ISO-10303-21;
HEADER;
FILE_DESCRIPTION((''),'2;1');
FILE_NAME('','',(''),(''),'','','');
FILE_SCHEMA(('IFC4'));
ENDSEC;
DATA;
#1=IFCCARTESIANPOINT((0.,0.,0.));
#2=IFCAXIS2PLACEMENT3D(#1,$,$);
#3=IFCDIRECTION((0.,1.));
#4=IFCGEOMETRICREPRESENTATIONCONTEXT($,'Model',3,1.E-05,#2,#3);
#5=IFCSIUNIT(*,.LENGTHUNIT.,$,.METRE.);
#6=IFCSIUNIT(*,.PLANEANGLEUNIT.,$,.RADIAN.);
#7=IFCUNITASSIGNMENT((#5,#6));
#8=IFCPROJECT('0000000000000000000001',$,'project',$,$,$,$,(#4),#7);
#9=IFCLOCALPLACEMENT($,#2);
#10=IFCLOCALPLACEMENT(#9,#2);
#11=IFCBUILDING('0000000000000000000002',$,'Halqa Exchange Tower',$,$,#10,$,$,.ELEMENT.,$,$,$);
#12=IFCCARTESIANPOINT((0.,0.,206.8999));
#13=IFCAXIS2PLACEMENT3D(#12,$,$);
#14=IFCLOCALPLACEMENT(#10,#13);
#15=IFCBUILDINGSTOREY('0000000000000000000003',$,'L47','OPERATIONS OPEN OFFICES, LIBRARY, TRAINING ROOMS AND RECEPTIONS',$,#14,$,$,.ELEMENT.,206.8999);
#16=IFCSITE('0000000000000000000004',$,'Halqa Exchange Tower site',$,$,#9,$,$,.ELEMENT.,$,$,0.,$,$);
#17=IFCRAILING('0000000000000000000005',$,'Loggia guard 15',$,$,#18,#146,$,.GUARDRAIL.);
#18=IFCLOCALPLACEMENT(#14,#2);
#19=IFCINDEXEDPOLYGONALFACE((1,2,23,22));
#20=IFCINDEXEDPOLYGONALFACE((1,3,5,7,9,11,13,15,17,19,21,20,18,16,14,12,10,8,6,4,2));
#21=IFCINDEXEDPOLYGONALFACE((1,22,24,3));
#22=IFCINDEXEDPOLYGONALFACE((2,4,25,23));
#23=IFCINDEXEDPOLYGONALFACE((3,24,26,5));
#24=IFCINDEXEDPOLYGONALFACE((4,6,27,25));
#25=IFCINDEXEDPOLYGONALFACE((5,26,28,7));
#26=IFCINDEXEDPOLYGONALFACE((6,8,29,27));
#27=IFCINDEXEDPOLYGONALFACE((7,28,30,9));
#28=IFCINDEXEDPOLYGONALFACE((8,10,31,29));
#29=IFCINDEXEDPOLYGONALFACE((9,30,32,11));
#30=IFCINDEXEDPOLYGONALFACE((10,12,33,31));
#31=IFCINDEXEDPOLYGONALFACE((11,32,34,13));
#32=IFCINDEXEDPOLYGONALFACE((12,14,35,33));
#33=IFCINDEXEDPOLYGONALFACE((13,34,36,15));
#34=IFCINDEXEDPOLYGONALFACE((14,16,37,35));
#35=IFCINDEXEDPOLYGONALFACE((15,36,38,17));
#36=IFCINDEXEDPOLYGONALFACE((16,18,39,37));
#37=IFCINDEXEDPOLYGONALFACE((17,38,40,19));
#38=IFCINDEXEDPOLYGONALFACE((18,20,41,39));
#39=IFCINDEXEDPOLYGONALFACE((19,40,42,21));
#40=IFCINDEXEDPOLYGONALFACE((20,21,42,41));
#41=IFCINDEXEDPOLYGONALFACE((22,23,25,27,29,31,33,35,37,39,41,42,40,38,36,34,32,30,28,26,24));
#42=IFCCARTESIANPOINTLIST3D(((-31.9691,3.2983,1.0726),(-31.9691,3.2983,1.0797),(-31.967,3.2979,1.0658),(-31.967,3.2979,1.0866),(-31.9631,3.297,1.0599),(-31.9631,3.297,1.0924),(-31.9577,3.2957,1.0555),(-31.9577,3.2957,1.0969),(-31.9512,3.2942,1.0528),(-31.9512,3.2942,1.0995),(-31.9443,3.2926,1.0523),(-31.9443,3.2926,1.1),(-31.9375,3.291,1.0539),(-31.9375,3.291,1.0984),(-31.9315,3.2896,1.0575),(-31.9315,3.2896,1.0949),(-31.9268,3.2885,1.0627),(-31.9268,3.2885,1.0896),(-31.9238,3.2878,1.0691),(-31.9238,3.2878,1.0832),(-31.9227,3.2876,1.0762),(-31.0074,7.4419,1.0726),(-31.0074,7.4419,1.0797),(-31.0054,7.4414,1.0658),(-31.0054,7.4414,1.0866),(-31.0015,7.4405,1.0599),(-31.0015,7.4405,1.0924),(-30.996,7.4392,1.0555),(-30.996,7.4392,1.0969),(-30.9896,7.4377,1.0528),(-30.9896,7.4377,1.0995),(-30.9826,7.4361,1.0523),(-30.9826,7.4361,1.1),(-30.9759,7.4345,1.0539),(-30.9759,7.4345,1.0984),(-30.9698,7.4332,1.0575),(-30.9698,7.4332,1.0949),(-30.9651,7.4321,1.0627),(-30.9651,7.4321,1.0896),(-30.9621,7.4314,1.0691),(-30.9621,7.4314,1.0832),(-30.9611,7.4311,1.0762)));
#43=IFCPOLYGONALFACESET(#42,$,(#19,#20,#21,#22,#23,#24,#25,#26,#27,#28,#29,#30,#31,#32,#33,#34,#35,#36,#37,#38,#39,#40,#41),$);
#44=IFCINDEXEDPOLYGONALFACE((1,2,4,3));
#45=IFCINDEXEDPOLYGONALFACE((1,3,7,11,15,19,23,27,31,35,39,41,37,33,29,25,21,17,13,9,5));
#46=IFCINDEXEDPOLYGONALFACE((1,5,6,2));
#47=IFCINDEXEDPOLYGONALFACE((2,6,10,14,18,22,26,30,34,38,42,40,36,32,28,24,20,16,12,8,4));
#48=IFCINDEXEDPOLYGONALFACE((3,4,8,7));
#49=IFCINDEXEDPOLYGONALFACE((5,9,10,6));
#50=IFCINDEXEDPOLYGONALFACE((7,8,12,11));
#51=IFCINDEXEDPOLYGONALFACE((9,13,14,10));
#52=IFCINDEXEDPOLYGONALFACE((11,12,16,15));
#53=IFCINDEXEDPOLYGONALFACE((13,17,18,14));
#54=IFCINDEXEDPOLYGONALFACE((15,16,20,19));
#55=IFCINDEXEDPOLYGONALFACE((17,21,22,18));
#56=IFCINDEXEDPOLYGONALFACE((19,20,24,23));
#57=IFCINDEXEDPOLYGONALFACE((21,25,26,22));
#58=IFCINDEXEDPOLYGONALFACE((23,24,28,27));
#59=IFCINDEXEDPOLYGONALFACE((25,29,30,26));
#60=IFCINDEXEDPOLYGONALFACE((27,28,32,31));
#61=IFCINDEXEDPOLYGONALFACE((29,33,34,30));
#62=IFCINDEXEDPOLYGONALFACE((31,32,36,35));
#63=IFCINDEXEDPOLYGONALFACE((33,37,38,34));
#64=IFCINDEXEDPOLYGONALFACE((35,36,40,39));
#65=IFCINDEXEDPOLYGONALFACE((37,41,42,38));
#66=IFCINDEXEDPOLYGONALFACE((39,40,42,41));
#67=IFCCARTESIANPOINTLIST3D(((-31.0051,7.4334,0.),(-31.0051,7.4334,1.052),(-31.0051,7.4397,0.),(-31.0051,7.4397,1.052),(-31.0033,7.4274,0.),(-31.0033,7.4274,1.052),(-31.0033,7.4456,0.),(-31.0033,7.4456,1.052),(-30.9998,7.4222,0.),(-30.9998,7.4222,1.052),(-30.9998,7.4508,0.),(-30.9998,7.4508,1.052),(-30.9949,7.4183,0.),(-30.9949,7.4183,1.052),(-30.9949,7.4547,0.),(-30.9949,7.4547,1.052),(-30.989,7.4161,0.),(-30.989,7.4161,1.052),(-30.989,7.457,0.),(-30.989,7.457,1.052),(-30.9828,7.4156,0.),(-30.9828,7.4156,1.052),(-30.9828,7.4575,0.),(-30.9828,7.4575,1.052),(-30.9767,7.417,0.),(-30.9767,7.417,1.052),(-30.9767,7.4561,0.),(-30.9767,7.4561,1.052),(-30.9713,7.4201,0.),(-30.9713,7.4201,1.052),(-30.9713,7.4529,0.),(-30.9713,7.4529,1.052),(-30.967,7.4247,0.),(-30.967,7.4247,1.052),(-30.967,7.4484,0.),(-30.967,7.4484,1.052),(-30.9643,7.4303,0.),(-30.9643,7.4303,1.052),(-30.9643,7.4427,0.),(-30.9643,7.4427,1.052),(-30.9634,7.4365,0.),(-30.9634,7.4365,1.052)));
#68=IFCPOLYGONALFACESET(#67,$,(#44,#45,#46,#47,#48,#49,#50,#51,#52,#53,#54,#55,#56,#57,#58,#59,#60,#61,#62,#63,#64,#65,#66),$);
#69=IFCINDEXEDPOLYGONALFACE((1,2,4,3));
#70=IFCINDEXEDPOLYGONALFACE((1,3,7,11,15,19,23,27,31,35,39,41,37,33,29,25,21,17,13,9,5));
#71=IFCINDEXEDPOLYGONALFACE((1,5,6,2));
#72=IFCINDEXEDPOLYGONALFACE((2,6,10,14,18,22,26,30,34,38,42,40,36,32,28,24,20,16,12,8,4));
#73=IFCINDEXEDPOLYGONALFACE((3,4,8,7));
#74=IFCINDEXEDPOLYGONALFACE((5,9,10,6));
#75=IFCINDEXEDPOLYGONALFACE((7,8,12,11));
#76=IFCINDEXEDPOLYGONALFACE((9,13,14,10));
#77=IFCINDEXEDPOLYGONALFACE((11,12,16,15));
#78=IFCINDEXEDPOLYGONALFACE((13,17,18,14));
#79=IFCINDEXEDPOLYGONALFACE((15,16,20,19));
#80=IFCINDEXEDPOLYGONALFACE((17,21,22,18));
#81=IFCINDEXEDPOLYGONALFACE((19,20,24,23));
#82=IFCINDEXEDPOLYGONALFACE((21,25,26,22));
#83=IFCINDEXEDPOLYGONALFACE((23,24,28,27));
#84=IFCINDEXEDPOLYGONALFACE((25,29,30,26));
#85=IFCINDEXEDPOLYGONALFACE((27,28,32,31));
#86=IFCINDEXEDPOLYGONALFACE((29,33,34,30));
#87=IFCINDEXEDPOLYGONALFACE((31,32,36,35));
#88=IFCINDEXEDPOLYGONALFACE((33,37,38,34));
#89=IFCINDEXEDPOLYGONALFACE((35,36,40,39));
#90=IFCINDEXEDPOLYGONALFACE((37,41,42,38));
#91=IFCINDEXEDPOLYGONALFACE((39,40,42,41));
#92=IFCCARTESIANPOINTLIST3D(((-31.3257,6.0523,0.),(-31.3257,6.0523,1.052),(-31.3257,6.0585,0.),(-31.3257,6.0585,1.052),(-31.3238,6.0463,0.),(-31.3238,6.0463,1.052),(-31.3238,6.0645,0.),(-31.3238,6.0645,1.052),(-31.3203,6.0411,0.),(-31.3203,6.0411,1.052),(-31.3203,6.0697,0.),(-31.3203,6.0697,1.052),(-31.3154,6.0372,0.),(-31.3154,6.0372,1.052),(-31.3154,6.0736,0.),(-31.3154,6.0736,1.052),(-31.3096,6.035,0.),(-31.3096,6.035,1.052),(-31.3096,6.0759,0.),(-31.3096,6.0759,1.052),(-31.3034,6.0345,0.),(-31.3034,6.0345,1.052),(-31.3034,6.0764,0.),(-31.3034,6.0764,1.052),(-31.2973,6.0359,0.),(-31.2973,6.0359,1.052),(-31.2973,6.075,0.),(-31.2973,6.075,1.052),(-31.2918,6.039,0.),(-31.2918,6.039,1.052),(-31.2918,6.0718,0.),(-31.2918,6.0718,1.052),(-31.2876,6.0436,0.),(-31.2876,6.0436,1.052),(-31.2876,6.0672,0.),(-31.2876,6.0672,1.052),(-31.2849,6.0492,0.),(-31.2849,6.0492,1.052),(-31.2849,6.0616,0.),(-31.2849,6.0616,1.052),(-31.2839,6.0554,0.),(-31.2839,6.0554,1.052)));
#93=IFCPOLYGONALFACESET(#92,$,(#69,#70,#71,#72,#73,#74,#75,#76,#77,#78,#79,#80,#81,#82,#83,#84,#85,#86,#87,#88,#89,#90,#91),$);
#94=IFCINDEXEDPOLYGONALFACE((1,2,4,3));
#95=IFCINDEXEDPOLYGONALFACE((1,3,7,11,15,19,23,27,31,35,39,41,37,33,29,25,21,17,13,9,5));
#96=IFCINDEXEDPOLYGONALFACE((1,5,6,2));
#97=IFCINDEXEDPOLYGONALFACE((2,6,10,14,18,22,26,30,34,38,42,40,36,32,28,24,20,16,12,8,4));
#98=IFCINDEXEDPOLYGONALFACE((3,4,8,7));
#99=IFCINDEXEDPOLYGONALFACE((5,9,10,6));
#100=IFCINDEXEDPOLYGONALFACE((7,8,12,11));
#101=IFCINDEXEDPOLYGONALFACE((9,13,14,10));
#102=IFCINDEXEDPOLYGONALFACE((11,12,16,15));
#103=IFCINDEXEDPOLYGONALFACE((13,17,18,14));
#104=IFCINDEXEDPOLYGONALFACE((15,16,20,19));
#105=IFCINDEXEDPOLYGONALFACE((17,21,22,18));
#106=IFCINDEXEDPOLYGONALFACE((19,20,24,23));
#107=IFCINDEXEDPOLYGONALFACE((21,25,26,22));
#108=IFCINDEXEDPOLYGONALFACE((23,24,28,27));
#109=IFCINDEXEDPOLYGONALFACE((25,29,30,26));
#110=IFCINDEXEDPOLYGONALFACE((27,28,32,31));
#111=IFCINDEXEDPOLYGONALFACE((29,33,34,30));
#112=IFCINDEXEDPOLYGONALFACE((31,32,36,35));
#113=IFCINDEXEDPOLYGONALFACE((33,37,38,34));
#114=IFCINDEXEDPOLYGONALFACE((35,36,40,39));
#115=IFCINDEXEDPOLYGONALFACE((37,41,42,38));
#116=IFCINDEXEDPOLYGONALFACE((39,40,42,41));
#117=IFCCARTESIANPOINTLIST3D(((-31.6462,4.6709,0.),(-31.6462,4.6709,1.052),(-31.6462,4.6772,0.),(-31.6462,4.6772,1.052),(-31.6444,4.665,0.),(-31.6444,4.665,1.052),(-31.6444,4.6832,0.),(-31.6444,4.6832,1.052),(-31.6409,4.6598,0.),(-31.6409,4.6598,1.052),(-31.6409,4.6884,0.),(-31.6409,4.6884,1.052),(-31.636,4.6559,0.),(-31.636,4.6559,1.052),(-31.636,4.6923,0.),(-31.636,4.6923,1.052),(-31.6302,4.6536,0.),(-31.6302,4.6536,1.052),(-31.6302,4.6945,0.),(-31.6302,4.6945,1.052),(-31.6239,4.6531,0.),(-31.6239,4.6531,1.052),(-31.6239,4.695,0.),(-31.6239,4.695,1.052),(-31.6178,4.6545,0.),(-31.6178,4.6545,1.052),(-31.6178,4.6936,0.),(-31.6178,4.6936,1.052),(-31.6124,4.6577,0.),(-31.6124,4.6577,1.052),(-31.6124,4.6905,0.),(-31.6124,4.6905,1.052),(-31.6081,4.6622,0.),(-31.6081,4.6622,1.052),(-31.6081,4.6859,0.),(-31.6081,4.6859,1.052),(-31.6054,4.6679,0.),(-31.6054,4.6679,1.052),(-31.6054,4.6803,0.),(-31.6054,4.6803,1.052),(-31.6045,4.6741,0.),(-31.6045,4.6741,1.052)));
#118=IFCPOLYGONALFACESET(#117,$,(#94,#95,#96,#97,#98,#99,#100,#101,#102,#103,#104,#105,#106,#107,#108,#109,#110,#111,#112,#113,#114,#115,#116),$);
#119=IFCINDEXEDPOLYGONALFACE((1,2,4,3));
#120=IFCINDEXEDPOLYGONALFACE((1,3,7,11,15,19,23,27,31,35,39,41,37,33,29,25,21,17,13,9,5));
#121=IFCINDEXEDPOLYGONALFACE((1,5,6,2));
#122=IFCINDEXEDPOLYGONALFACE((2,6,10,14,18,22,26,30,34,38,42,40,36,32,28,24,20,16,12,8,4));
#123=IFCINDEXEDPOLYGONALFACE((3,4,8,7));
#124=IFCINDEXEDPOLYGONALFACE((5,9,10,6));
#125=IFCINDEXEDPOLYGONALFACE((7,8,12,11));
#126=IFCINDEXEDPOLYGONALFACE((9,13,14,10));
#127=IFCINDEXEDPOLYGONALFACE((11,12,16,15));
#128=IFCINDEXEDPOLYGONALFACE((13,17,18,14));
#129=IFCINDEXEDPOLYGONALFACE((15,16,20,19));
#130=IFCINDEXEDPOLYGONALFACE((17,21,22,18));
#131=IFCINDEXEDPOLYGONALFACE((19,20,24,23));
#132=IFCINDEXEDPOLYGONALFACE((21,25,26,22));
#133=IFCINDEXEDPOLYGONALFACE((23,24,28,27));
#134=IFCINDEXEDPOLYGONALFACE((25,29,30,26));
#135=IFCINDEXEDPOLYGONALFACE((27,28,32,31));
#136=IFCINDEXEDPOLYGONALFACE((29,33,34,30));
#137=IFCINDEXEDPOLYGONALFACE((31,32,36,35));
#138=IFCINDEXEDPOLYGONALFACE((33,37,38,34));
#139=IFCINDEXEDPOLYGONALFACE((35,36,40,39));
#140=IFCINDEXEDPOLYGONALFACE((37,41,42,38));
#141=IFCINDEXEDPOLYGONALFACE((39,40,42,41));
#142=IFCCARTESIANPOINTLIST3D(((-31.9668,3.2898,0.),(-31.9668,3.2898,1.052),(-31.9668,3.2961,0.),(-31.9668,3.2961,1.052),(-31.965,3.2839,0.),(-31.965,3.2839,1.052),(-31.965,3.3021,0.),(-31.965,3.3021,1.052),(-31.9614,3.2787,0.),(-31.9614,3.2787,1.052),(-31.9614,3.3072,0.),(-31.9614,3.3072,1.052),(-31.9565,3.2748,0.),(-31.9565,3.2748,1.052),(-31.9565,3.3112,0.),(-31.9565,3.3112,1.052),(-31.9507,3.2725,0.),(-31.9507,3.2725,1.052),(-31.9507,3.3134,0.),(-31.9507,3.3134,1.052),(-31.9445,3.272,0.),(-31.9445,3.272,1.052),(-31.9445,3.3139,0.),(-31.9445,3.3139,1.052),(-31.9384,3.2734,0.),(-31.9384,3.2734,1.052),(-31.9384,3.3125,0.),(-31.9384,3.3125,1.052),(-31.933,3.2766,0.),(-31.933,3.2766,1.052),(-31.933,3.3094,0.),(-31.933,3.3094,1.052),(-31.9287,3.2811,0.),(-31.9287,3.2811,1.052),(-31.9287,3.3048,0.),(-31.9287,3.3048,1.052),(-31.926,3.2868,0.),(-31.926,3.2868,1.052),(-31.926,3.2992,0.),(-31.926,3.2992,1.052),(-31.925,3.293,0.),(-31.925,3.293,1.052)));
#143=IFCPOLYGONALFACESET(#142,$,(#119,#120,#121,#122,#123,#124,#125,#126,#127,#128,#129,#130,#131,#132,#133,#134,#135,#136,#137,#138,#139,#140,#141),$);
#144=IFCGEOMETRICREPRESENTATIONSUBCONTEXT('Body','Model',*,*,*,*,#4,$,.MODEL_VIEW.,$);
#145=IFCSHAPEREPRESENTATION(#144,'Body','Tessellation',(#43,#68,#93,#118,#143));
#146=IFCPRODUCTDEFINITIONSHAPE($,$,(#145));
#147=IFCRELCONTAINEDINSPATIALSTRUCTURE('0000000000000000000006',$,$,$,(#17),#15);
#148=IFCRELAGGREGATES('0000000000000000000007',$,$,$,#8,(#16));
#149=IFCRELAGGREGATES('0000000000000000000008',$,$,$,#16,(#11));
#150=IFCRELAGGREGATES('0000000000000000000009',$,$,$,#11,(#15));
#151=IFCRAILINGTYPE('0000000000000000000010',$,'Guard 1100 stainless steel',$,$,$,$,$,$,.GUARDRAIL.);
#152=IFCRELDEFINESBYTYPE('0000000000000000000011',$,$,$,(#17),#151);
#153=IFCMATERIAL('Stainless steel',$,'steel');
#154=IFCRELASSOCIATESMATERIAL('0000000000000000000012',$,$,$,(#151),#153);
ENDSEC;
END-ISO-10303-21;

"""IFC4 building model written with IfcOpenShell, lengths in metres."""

from ifc_helpers import new_model, si_unit, direction, frame, origin, origin_2d, place, context, subcontext, project, spatial, circle, extrude, material, type_object, element, save


model = new_model("IFC4")

# Units and contexts
model_context = context("Model", 3, precision=1e-05, world=origin(), true_north=direction((0.0, 1.0)))
body_context = subcontext(model_context, "Body", "Model", "MODEL_VIEW")
ifc_project = project(units=[si_unit("LENGTHUNIT", "METRE"), si_unit("PLANEANGLEUNIT", "RADIAN")], contexts=[model_context])

# Site, building, storey
site_placement = place(None, origin())
site = spatial("IfcSite", under=ifc_project, at=site_placement, Name="Halqa Exchange Tower site", CompositionType="ELEMENT", RefElevation=0.0)
building_placement = place(site_placement, origin())
building = spatial("IfcBuilding", under=site, at=building_placement, Name="Halqa Exchange Tower", CompositionType="ELEMENT")
storey_placement = place(building_placement, frame((0.0, 0.0, 206.8999)))
storey = spatial("IfcBuildingStorey", under=building, at=storey_placement, Name="L47", Description="OPERATIONS OPEN OFFICES, LIBRARY, TRAINING ROOMS AND RECEPTIONS", CompositionType="ELEMENT", Elevation=206.8999)

# Railing
ifc_material_1 = material(Name="Stainless steel", Category="steel")
railing_type = type_object("IfcRailingType", Name="Guard 1100 stainless steel", PredefinedType="GUARDRAIL", material=ifc_material_1)
railing_1_placement = place(storey_placement, frame((-30.9844, 7.4365, 0.0)))
element("IfcRailing", 1, at=railing_1_placement, inside=storey, type_object=railing_type, Name="Loggia guard 15", PredefinedType="GUARDRAIL", context=body_context, shape_type="SweptSolid", body=[
    extrude(circle(Radius=0.0239, at=origin_2d()), frame((0.0, 0.0, 1.0762), z_axis=(-0.226079, -0.974109, 0.0), x_axis=(0.974109, -0.226079, 0.0)), (0.0, 0.0, 1.0), 4.2537),
    extrude(circle(Radius=0.021, at=origin_2d()), origin(), (0.0, 0.0, 1.0), 1.052),
    extrude(circle(Radius=0.021, at=origin_2d()), frame((-0.3206, -1.3811, 0.0)), (0.0, 0.0, 1.0), 1.052),
    extrude(circle(Radius=0.021, at=origin_2d()), frame((-0.6411, -2.7625, 0.0)), (0.0, 0.0, 1.0), 1.052),
    extrude(circle(Radius=0.021, at=origin_2d()), frame((-0.9617, -4.1436, 0.0)), (0.0, 0.0, 1.0), 1.052),
])

save(model, "model.ifc")
